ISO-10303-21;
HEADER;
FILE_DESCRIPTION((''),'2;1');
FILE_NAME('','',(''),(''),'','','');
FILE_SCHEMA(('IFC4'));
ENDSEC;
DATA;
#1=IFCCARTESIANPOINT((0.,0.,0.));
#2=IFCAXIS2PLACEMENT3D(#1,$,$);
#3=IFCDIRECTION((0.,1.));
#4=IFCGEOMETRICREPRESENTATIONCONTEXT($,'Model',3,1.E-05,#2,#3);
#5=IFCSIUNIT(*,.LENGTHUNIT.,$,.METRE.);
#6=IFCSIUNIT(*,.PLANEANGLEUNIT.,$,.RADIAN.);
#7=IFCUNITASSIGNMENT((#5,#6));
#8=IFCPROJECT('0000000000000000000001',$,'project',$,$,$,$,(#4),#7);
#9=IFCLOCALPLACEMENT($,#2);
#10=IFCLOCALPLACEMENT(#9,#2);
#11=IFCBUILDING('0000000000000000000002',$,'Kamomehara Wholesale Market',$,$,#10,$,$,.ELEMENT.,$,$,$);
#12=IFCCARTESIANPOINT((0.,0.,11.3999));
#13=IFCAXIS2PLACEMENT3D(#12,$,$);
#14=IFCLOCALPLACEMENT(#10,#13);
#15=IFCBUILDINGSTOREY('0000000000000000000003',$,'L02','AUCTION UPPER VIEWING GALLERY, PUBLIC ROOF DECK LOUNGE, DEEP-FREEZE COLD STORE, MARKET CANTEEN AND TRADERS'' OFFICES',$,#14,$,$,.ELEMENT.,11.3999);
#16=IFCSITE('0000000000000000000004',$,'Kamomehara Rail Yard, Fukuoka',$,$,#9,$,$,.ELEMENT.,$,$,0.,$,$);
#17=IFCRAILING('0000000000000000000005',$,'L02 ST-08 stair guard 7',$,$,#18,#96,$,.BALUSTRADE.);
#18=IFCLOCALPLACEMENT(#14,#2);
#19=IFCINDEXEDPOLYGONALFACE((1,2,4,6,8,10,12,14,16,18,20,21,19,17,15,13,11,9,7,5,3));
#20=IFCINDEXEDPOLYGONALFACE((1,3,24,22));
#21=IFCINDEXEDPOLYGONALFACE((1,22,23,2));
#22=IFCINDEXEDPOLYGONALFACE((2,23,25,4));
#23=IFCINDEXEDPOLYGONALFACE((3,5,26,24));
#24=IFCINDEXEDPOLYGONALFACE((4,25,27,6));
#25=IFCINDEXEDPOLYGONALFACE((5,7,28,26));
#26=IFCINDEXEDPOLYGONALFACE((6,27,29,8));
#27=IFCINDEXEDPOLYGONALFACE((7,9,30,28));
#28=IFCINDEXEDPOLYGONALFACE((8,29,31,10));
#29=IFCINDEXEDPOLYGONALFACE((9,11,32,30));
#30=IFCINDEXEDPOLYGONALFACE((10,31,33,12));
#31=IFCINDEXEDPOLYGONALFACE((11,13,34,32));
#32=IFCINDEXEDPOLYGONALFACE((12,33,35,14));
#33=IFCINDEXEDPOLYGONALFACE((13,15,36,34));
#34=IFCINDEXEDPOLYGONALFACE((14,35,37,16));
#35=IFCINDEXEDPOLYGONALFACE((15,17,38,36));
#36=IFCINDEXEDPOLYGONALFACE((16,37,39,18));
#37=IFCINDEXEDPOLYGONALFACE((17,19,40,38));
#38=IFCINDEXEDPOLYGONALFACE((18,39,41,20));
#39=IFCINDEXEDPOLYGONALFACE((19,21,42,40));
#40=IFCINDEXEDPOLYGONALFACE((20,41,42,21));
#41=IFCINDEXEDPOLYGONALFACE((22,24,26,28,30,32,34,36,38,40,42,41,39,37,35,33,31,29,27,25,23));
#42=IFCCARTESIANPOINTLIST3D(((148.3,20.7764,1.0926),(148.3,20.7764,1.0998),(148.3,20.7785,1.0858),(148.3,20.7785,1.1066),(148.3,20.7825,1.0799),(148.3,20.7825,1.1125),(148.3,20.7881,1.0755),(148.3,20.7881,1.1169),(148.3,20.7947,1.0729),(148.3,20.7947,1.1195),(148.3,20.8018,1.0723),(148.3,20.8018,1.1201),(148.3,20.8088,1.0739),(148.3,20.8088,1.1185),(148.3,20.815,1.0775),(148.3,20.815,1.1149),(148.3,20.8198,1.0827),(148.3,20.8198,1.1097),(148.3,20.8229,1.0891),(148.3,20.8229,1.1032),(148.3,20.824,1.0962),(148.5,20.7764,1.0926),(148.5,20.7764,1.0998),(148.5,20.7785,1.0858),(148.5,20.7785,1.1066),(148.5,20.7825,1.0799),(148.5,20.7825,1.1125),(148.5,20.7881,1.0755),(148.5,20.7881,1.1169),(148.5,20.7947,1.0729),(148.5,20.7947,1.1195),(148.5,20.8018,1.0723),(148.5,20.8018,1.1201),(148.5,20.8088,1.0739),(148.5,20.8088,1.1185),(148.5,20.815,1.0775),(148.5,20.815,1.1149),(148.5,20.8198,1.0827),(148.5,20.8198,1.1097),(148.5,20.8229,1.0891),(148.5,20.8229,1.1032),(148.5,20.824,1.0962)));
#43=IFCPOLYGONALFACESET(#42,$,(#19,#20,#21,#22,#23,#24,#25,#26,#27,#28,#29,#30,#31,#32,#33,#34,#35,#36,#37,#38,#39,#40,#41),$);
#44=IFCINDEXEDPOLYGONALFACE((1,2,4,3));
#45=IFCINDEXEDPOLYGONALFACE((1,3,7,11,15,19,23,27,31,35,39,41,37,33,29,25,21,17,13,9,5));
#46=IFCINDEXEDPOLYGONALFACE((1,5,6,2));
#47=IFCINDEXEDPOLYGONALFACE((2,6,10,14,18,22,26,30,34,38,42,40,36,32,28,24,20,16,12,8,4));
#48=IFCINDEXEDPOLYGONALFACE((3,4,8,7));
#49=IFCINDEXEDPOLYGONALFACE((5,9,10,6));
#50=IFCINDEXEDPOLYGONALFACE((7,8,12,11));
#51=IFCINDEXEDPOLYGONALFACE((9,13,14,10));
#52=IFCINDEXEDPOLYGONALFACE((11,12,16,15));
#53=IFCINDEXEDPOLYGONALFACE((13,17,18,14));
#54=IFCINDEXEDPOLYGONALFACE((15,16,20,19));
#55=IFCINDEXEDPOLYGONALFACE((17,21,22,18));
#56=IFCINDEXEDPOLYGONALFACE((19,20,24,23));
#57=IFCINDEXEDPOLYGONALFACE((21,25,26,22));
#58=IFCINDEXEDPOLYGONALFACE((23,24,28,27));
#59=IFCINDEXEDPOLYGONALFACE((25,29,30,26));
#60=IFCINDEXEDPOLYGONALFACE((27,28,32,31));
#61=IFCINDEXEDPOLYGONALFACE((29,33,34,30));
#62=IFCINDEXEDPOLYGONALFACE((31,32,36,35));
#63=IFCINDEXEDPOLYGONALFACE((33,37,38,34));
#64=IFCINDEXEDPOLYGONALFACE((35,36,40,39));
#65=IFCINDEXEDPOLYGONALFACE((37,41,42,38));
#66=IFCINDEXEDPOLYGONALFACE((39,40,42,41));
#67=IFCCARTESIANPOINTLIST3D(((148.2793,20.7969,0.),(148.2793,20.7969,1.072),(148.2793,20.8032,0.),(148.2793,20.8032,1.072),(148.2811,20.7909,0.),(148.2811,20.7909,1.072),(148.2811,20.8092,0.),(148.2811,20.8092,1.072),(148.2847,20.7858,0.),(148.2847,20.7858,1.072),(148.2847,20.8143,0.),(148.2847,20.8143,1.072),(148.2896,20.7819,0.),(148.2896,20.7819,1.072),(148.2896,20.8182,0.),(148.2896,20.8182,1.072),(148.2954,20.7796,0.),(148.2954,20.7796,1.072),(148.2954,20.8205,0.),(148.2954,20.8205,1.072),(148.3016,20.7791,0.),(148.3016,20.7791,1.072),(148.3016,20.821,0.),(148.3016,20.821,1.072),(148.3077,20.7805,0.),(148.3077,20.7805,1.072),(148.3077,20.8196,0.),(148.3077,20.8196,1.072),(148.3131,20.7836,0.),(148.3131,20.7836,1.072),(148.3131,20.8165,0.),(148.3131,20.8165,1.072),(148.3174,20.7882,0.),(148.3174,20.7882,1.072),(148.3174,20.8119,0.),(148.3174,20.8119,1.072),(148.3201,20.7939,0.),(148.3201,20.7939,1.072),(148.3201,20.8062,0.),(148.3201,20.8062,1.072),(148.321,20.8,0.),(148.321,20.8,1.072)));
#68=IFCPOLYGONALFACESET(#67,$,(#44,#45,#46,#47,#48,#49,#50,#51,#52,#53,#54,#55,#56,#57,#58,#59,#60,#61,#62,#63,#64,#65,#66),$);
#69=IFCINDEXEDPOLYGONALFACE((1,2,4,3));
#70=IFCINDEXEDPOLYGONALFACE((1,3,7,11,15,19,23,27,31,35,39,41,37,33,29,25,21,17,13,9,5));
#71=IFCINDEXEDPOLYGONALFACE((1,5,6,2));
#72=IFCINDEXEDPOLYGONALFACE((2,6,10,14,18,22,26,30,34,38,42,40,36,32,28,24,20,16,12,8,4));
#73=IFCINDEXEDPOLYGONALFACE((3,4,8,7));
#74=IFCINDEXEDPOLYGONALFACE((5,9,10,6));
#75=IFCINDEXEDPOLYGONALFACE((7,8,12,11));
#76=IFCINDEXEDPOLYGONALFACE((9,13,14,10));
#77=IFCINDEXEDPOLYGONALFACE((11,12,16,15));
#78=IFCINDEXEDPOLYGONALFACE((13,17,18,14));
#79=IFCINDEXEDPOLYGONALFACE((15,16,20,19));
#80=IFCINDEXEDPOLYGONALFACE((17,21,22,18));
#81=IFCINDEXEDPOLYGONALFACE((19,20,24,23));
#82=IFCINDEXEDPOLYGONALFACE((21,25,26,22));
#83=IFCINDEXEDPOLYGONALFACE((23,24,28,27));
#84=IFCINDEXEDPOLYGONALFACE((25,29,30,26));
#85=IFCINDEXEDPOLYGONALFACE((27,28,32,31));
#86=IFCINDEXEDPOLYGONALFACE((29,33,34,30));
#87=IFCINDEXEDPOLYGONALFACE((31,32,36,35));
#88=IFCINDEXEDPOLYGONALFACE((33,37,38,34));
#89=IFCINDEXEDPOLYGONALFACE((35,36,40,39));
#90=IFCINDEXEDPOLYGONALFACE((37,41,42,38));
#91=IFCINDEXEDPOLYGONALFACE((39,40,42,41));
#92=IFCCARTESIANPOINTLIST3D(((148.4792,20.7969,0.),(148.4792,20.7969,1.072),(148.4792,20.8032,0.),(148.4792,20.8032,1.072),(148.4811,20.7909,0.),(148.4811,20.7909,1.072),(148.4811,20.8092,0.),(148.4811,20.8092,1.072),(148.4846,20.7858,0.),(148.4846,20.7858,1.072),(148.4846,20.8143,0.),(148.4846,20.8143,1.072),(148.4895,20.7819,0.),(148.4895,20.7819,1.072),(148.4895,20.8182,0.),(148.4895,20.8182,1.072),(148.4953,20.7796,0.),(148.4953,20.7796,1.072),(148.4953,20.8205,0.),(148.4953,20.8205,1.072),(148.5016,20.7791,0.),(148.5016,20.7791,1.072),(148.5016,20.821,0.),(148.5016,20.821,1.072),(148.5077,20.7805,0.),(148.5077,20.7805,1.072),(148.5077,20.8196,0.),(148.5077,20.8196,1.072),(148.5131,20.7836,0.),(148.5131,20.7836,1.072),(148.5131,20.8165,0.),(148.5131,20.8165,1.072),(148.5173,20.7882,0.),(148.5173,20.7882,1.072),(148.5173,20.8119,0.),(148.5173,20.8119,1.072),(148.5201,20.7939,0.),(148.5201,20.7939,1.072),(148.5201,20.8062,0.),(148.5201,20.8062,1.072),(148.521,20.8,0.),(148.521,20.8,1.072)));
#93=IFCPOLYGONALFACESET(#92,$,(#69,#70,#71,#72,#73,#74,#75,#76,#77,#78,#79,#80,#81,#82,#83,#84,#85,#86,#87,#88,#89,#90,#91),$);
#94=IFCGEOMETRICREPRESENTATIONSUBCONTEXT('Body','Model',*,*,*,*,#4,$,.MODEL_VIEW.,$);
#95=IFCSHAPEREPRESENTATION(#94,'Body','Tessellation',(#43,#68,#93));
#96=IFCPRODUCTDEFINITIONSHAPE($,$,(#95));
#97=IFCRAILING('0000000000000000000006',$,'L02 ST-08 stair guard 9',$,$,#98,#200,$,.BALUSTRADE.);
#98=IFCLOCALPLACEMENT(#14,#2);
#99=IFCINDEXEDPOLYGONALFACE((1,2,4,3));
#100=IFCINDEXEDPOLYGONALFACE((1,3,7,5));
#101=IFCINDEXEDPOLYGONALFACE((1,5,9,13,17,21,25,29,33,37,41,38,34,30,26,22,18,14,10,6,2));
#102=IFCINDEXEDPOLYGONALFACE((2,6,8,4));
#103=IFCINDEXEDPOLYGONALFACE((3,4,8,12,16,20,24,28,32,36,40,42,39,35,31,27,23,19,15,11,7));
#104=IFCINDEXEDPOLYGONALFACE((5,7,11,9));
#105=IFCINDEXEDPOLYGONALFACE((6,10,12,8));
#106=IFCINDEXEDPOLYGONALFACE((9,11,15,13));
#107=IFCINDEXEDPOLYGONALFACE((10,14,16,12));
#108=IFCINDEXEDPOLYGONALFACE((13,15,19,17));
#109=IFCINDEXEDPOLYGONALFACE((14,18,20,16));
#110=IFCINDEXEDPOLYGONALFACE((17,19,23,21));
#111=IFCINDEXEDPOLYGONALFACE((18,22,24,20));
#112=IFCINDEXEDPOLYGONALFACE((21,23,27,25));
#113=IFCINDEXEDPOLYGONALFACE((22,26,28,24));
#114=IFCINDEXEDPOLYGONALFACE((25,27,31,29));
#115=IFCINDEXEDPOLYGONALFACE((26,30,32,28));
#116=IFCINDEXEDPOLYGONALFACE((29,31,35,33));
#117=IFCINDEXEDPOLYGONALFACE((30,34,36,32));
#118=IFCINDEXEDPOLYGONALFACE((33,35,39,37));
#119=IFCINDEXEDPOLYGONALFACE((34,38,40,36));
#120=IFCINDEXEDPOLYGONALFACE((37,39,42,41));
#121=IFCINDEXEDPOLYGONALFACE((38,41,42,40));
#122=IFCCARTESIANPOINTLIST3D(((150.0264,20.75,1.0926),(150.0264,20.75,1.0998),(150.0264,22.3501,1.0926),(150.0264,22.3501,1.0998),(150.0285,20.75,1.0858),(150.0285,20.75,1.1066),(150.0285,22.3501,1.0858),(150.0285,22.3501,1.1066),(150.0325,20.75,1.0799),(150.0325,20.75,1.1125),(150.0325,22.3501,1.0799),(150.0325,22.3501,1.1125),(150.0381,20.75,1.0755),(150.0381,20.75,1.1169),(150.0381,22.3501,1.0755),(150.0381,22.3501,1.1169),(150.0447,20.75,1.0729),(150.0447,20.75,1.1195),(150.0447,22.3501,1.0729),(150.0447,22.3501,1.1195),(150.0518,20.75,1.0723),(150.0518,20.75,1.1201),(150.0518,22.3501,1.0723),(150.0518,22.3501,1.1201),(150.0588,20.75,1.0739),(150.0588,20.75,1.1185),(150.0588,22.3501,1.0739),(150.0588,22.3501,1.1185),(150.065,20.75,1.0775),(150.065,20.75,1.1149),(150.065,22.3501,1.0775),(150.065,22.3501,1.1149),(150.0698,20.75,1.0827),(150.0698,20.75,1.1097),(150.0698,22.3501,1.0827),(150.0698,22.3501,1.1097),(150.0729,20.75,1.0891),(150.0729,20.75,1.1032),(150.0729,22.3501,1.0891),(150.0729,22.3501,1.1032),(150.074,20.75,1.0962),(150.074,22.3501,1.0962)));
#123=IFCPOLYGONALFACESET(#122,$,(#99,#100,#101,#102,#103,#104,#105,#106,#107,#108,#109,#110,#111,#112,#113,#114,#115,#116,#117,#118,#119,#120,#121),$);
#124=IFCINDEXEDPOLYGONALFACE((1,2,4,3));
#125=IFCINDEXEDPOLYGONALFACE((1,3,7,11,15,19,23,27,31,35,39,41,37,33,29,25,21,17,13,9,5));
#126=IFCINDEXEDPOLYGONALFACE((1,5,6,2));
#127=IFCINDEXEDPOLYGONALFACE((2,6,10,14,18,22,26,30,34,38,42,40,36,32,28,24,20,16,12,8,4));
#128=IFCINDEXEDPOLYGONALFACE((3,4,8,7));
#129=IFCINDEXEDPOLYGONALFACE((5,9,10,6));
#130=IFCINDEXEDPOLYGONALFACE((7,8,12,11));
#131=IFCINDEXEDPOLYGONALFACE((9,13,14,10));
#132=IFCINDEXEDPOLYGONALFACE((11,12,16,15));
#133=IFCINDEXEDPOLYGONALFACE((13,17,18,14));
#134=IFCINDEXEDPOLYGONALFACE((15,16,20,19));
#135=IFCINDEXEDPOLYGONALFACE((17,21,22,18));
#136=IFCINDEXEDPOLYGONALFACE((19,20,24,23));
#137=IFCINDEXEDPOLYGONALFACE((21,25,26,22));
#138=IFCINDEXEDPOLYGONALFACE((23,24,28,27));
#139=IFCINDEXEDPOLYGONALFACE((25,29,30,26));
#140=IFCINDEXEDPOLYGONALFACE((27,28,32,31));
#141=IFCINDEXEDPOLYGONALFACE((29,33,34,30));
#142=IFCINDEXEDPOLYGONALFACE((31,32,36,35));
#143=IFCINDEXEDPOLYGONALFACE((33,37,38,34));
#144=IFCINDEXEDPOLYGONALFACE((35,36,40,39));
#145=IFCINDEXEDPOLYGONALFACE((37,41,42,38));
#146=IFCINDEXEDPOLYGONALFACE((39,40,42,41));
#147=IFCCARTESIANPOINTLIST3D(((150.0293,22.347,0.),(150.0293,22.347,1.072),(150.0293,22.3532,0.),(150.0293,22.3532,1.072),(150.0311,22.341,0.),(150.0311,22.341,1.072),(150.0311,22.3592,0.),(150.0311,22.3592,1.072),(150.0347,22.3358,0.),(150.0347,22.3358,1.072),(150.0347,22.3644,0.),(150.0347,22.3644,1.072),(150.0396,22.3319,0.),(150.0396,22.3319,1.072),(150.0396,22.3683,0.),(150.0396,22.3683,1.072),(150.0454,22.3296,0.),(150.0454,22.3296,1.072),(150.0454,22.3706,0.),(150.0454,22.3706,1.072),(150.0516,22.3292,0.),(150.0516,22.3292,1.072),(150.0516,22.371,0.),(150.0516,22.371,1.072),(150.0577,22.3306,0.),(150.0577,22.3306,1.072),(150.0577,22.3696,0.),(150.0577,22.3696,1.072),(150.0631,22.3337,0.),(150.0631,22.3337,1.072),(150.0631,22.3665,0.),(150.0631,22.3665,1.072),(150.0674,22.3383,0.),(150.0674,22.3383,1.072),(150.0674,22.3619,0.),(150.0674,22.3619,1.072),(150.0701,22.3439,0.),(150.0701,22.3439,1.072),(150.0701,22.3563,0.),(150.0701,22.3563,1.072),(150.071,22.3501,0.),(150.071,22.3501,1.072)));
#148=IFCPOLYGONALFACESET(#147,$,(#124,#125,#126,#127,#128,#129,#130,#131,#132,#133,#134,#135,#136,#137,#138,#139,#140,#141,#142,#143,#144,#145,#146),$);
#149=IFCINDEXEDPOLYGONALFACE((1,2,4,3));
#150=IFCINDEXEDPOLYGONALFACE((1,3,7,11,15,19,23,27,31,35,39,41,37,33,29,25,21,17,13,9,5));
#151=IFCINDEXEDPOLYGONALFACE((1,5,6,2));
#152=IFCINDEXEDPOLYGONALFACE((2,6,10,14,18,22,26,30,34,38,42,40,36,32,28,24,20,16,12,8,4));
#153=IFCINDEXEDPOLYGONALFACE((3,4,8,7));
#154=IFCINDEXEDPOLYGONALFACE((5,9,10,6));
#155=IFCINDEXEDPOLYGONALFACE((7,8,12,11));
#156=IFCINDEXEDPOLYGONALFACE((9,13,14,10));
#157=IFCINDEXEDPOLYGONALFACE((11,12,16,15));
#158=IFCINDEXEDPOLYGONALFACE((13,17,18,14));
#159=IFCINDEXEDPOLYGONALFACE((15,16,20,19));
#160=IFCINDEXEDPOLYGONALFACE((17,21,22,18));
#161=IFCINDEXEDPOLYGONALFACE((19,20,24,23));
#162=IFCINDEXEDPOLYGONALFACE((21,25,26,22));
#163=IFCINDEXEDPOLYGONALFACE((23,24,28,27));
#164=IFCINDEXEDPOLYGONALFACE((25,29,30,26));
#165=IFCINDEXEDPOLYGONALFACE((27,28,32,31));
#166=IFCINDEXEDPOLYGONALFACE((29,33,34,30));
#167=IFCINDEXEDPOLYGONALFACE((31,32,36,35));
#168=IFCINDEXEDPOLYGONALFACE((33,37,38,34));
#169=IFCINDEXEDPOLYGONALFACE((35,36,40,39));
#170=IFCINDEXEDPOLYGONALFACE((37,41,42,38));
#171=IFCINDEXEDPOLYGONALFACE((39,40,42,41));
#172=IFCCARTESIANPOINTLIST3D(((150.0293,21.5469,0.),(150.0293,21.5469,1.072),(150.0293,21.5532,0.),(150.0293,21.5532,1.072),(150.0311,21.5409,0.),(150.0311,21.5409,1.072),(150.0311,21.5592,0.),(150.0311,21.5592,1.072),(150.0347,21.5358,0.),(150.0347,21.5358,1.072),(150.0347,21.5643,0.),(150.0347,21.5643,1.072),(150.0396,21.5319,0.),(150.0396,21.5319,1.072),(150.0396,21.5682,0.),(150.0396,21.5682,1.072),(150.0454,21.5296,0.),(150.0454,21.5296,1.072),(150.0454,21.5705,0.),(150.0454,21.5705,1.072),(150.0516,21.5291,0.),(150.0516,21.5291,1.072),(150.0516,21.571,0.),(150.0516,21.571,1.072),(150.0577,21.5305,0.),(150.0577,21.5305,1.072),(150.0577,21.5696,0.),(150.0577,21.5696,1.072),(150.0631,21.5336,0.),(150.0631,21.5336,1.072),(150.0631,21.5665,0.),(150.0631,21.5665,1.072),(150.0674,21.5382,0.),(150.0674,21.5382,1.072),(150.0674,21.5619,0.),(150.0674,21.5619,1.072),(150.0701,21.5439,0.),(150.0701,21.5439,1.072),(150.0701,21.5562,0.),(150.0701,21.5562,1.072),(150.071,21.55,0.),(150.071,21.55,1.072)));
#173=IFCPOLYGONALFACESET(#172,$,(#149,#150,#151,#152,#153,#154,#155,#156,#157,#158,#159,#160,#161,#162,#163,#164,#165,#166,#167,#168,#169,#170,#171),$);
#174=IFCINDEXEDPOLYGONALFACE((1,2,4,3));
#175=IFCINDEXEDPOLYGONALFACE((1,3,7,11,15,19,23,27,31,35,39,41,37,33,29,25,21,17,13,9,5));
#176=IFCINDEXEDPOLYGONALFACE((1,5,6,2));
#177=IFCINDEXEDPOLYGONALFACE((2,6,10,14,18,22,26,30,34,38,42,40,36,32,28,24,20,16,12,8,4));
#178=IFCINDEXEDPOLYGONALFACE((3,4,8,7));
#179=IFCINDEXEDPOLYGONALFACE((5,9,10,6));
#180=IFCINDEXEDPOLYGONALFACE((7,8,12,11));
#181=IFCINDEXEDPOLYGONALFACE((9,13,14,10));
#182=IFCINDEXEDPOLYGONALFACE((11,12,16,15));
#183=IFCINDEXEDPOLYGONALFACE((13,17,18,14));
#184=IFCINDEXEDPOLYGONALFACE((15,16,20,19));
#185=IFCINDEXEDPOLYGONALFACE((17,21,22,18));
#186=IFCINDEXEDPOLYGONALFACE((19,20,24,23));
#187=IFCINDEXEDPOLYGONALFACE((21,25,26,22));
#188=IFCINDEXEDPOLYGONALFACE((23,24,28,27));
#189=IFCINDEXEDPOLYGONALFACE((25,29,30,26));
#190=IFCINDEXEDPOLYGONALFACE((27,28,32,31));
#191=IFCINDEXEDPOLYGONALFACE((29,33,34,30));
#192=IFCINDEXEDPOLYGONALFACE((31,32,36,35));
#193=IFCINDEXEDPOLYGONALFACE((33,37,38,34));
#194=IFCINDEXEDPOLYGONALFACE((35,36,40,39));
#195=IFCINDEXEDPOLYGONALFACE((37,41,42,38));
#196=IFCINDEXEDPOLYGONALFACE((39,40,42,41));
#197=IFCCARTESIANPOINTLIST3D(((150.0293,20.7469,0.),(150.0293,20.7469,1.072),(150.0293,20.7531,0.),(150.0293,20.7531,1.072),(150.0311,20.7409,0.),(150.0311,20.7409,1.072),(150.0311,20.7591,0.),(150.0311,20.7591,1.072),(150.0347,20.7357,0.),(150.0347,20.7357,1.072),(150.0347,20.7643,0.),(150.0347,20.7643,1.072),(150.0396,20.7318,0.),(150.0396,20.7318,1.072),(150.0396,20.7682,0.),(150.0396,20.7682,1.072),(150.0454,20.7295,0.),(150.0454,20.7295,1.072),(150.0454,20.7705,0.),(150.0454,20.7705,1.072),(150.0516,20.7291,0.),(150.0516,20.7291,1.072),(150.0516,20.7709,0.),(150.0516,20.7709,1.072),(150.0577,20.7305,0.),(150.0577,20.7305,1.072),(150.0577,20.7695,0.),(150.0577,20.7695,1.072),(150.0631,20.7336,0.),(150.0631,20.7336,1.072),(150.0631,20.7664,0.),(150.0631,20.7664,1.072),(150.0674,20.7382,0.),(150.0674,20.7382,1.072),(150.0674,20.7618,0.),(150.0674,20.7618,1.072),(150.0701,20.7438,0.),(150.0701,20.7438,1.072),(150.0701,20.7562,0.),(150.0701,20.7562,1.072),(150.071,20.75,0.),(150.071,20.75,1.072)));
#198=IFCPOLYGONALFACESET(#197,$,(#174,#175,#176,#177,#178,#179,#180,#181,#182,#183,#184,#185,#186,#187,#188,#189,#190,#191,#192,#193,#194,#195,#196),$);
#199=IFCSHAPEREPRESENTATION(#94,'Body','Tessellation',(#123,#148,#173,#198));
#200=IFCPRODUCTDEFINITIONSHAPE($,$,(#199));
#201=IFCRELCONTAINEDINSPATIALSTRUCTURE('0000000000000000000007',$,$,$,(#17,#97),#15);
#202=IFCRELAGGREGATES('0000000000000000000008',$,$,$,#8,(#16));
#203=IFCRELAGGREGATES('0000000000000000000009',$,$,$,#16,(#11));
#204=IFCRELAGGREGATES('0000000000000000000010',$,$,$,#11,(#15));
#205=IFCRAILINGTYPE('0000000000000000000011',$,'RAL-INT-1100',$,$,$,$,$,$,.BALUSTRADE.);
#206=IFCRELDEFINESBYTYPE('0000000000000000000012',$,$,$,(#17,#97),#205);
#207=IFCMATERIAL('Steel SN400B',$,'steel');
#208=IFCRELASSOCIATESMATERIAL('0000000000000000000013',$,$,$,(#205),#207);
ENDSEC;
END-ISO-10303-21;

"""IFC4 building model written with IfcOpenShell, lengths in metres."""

from ifc_helpers import new_model, si_unit, direction, frame, origin, origin_2d, place, context, subcontext, project, spatial, circle, extrude, material, type_object, element, save


model = new_model("IFC4")

# Units and contexts
model_context = context("Model", 3, precision=1e-05, world=origin(), true_north=direction((0.0, 1.0)))
body_context = subcontext(model_context, "Body", "Model", "MODEL_VIEW")
ifc_project = project(units=[si_unit("LENGTHUNIT", "METRE"), si_unit("PLANEANGLEUNIT", "RADIAN")], contexts=[model_context])

# Site, building, storey
site_placement = place(None, origin())
site = spatial("IfcSite", under=ifc_project, at=site_placement, Name="Kamomehara Rail Yard, Fukuoka", CompositionType="ELEMENT", RefElevation=0.0)
building_placement = place(site_placement, origin())
building = spatial("IfcBuilding", under=site, at=building_placement, Name="Kamomehara Wholesale Market", CompositionType="ELEMENT")
storey_placement = place(building_placement, frame((0.0, 0.0, 11.3999)))
storey = spatial("IfcBuildingStorey", under=building, at=storey_placement, Name="L02", Description="AUCTION UPPER VIEWING GALLERY, PUBLIC ROOF DECK LOUNGE, DEEP-FREEZE COLD STORE, MARKET CANTEEN AND TRADERS' OFFICES", CompositionType="ELEMENT", Elevation=11.3999)

# Railings
ifc_material_1 = material(Name="Steel SN400B", Category="steel")
railing_type_1 = type_object("IfcRailingType", Name="RAL-INT-1100", PredefinedType="BALUSTRADE", material=ifc_material_1)
railing_1_placement = place(storey_placement, frame((148.3, 20.8, 0.0)))
element("IfcRailing", 1, at=railing_1_placement, inside=storey, type_object=railing_type_1, Name="L02 ST-08 stair guard 7", PredefinedType="BALUSTRADE", context=body_context, shape_type="SweptSolid", body=[
    extrude(circle(Radius=0.0239, at=origin_2d()), frame((0.0, 0.0, 1.0962), z_axis=(1.0, 0.0, 0.0), x_axis=(0.0, 1.0, 0.0)), (0.0, 0.0, 1.0), 0.2),
    extrude(circle(Radius=0.021, at=origin_2d()), origin(), (0.0, 0.0, 1.0), 1.072),
    extrude(circle(Radius=0.021, at=origin_2d()), frame((0.2, 0.0, 0.0)), (0.0, 0.0, 1.0), 1.072),
])
railing_2_placement = place(storey_placement, frame((150.05, 22.3501, 0.0)))
element("IfcRailing", 2, at=railing_2_placement, inside=storey, type_object=railing_type_1, Name="L02 ST-08 stair guard 9", PredefinedType="BALUSTRADE", context=body_context, shape_type="SweptSolid", body=[
    extrude(circle(Radius=0.0239, at=origin_2d()), frame((0.0, 0.0, 1.0962), z_axis=(0.0, -1.0, 0.0), x_axis=(1.0, 0.0, 0.0)), (0.0, 0.0, 1.0), 1.6001),
    extrude(circle(Radius=0.021, at=origin_2d()), origin(), (0.0, 0.0, 1.0), 1.072),
    extrude(circle(Radius=0.021, at=origin_2d()), frame((0.0, -0.8, 0.0)), (0.0, 0.0, 1.0), 1.072),
    extrude(circle(Radius=0.021, at=origin_2d()), frame((0.0, -1.6001, 0.0)), (0.0, 0.0, 1.0), 1.072),
])

save(model, "model.ifc")
